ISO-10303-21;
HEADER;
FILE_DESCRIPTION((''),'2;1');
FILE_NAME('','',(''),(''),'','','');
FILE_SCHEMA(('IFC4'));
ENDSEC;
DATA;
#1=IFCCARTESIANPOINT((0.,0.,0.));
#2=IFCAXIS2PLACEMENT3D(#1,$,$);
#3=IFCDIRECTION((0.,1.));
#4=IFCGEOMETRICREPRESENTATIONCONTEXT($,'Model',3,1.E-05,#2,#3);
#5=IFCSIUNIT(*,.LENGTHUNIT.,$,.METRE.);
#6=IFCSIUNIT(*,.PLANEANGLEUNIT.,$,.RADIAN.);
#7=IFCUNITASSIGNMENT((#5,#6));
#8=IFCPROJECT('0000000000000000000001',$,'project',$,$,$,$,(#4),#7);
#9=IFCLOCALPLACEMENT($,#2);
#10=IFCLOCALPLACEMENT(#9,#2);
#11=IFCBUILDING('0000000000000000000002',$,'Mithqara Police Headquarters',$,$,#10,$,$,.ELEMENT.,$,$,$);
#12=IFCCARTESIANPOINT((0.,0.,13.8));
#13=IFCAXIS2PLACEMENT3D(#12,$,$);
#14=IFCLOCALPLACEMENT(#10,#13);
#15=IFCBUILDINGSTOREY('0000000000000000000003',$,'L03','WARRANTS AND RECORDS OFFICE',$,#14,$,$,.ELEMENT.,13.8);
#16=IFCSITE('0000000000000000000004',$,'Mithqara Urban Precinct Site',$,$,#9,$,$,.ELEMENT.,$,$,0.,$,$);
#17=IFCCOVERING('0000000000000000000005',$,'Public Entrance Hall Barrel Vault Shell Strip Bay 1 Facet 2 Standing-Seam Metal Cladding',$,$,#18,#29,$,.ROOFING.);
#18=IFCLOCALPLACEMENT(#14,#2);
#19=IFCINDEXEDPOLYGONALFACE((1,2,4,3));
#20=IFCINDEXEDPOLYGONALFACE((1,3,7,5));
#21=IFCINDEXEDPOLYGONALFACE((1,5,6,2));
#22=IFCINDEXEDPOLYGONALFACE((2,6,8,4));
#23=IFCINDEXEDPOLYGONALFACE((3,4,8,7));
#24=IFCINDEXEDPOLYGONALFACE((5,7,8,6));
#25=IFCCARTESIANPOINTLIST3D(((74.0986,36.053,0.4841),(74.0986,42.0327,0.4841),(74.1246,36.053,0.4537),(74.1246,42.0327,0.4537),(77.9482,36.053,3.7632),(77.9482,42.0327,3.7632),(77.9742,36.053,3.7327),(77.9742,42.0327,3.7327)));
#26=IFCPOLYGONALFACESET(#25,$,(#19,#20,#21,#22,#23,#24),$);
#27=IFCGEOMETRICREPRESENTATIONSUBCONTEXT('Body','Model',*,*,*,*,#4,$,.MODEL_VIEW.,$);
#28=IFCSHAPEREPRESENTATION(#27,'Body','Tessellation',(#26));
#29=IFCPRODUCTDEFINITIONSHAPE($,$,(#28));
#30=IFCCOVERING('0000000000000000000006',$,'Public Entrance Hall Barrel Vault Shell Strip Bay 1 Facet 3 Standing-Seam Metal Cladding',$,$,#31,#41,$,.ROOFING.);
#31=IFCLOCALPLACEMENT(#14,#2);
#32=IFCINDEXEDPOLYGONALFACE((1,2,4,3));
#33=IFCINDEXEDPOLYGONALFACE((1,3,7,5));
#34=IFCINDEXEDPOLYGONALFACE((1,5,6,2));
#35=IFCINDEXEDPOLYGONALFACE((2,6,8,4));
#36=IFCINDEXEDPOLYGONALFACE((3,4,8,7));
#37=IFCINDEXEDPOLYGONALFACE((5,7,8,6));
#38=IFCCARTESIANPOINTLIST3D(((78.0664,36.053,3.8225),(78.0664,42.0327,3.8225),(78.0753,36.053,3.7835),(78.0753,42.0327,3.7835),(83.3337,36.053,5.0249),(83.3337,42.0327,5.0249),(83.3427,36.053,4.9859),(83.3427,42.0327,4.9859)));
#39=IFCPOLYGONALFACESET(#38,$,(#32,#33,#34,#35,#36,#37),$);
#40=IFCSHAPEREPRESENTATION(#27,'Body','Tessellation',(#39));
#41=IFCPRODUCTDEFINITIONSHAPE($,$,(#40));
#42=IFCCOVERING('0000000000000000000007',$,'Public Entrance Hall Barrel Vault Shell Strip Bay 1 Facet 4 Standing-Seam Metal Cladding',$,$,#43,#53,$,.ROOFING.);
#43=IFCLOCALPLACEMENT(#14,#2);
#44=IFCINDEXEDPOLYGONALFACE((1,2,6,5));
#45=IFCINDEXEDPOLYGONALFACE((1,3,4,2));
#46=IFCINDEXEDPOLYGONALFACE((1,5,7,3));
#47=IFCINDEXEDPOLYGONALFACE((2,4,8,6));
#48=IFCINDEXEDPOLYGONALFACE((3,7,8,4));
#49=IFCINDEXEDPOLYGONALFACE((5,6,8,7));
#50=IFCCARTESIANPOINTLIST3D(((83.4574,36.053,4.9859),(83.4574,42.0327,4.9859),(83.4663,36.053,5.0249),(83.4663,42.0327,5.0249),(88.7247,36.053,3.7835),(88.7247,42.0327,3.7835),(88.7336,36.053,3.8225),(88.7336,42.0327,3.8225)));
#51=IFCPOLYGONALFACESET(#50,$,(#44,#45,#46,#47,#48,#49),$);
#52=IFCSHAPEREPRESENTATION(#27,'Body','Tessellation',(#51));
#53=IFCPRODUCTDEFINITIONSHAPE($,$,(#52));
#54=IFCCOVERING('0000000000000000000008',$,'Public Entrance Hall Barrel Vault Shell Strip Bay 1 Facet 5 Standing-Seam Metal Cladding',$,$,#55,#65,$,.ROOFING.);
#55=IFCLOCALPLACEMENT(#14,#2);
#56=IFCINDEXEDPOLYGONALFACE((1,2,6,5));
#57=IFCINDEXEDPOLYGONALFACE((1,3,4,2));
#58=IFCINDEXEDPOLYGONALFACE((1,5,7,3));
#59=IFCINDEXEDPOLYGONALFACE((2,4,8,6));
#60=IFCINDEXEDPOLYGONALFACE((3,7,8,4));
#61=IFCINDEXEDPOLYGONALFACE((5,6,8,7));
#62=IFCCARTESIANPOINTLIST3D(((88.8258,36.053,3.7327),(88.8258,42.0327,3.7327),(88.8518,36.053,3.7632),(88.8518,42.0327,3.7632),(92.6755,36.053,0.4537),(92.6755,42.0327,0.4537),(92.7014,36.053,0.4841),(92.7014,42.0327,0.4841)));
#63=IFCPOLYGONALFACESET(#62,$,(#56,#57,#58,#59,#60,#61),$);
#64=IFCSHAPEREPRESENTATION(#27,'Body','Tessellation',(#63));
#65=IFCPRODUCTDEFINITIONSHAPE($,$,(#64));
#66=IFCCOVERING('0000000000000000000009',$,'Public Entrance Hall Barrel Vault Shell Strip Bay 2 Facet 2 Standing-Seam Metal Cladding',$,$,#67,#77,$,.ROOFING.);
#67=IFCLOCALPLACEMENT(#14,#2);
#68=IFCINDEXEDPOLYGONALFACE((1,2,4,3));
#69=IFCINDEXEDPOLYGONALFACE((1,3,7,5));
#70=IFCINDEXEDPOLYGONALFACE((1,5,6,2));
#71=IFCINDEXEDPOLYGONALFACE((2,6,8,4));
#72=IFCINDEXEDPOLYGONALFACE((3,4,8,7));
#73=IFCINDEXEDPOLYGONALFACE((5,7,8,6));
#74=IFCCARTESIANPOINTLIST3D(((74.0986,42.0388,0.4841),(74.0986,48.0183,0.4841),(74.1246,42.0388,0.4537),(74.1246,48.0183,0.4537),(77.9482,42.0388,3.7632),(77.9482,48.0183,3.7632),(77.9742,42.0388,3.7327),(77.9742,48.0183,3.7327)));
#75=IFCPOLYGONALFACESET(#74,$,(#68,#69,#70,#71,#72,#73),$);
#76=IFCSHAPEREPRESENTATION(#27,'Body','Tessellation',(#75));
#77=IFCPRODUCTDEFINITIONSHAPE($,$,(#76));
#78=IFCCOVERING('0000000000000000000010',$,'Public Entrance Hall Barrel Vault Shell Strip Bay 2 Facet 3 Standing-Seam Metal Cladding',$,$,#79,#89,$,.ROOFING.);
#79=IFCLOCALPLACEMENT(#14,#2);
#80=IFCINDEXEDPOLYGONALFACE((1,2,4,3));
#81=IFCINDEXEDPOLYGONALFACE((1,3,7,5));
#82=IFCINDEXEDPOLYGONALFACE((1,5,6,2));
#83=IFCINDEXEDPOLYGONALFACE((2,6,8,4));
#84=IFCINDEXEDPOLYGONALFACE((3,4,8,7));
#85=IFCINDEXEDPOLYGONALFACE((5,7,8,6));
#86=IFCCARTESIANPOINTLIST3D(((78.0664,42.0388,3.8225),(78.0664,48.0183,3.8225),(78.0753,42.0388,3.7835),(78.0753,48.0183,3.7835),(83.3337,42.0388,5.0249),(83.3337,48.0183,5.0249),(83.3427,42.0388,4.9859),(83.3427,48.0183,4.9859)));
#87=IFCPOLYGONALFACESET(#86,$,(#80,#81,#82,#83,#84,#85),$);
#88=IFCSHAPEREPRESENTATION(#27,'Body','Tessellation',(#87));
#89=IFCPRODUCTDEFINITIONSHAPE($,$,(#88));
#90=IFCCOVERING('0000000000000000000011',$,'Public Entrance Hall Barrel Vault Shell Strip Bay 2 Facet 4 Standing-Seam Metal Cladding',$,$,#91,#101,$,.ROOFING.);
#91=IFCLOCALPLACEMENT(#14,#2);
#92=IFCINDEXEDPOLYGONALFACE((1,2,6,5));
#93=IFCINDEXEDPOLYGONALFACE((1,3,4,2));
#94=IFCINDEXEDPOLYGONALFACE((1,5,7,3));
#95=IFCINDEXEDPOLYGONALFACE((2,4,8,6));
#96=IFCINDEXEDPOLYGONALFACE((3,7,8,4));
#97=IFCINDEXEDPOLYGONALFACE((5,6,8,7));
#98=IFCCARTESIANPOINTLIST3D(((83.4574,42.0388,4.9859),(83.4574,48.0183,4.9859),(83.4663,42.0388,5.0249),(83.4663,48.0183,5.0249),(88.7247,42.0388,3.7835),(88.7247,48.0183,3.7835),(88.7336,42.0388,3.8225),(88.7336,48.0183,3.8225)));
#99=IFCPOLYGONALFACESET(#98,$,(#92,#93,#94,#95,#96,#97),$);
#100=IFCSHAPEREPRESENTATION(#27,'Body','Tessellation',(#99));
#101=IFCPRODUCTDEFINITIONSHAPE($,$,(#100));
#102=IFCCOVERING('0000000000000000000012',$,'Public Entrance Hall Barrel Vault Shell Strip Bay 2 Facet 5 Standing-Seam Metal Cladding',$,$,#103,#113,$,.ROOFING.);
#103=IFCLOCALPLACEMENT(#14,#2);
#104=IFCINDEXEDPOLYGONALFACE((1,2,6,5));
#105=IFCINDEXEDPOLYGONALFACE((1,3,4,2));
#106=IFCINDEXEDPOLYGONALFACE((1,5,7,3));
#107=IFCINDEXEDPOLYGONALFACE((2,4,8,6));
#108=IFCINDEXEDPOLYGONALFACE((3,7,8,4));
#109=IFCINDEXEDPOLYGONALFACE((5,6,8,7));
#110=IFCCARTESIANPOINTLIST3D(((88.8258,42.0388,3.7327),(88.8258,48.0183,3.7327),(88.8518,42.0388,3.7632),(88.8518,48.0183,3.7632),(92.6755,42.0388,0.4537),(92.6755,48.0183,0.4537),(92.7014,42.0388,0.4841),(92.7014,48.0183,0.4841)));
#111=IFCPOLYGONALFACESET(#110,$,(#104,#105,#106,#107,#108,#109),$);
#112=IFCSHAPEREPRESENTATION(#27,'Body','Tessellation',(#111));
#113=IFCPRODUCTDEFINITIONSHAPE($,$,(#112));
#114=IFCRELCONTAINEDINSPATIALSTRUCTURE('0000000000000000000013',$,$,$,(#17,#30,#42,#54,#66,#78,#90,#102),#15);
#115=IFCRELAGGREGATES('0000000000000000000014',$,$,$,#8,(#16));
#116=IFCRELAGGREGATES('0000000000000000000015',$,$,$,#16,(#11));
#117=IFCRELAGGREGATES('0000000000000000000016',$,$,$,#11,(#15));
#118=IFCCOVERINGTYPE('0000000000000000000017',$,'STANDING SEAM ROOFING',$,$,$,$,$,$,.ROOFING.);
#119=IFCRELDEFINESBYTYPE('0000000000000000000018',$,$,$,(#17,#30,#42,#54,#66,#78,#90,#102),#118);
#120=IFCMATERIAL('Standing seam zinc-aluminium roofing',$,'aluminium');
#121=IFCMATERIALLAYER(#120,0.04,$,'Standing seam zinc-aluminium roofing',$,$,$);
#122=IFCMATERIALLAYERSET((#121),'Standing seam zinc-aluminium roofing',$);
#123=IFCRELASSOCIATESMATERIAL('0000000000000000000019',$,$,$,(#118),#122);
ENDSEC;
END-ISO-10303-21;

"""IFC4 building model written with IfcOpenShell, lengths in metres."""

from ifc_helpers import new_model, si_unit, direction, frame, origin, place, context, subcontext, project, spatial, polyline, outline, extrude, material, layer, layer_set, type_object, element, save


model = new_model("IFC4")

# Units and contexts
model_context = context("Model", 3, precision=1e-05, world=origin(), true_north=direction((0.0, 1.0)))
body_context = subcontext(model_context, "Body", "Model", "MODEL_VIEW")
ifc_project = project(units=[si_unit("LENGTHUNIT", "METRE"), si_unit("PLANEANGLEUNIT", "RADIAN")], contexts=[model_context])

# Site, building, storey
site_placement = place(None, origin())
site = spatial("IfcSite", under=ifc_project, at=site_placement, Name="Mithqara Urban Precinct Site", CompositionType="ELEMENT", RefElevation=0.0)
building_placement = place(site_placement, origin())
building = spatial("IfcBuilding", under=site, at=building_placement, Name="Mithqara Police Headquarters", CompositionType="ELEMENT")
storey_placement = place(building_placement, frame((0.0, 0.0, 13.8)))
storey = spatial("IfcBuildingStorey", under=building, at=storey_placement, Name="L03", Description="WARRANTS AND RECORDS OFFICE", CompositionType="ELEMENT", Elevation=13.8)

# Coverings
ifc_material_1 = material(Name="Standing seam zinc-aluminium roofing", Category="aluminium")
ifc_layer_1 = layer(ifc_material_1, 0.04, Name="Standing seam zinc-aluminium roofing")
ifc_layer_set_1 = layer_set([ifc_layer_1], Name="Standing seam zinc-aluminium roofing")
covering_type_1 = type_object("IfcCoveringType", Name="STANDING SEAM ROOFING", PredefinedType="ROOFING", material=ifc_layer_set_1)
covering_1_placement = place(storey_placement, frame((74.0986, 36.053, 0.4841), z_axis=(-0.648438, 0.0, 0.761267), x_axis=(0.761267, 0.0, 0.648438)))
element("IfcCovering", 1, at=covering_1_placement, inside=storey, type_object=covering_type_1, Name="Public Entrance Hall Barrel Vault Shell Strip Bay 1 Facet 2 Standing-Seam Metal Cladding", PredefinedType="ROOFING", context=body_context, shape_type="SweptSolid", body=[
    extrude(outline(polyline([(0.0, 0.0), (5.0568, 0.0), (5.0568, 5.9797), (0.0, 5.9797), (0.0, 0.0)])), origin(), (0.0, 0.0, -1.0), 0.04),
])
for number, where, z_axis, x_axis, name in (
    (2, (78.0664, 36.053, 3.8225), (-0.222549, 0.0, 0.974922), (0.974922, 0.0, 0.222549), "Public Entrance Hall Barrel Vault Shell Strip Bay 1 Facet 3 Standing-Seam Metal Cladding"),
    (3, (83.4663, 36.053, 5.0249), (0.222549, 0.0, 0.974922), (0.974922, 0.0, -0.222549), "Public Entrance Hall Barrel Vault Shell Strip Bay 1 Facet 4 Standing-Seam Metal Cladding"),
):
    element("IfcCovering", number, at=place(storey_placement, frame(where, z_axis=z_axis, x_axis=x_axis)), inside=storey, type_object=covering_type_1, Name=name, PredefinedType="ROOFING", context=body_context, shape_type="SweptSolid", body=[
        extrude(outline(polyline([(0.0, 0.0), (5.4028, 0.0), (5.4028, 5.9797), (0.0, 5.9797), (0.0, 0.0)])), origin(), (0.0, 0.0, -1.0), 0.04),
    ])
covering_2_placement = place(storey_placement, frame((88.8518, 36.053, 3.7632), z_axis=(0.648438, 0.0, 0.761267), x_axis=(0.761267, 0.0, -0.648438)))
element("IfcCovering", 4, at=covering_2_placement, inside=storey, type_object=covering_type_1, Name="Public Entrance Hall Barrel Vault Shell Strip Bay 1 Facet 5 Standing-Seam Metal Cladding", PredefinedType="ROOFING", context=body_context, shape_type="SweptSolid", body=[
    extrude(outline(polyline([(0.0, 0.0), (5.0568, 0.0), (5.0568, 5.9797), (0.0, 5.9797), (0.0, 0.0)])), origin(), (0.0, 0.0, -1.0), 0.04),
])
covering_3_placement = place(storey_placement, frame((74.0986, 42.0388, 0.4841), z_axis=(-0.648438, 0.0, 0.761267), x_axis=(0.761267, 0.0, 0.648438)))
element("IfcCovering", 5, at=covering_3_placement, inside=storey, type_object=covering_type_1, Name="Public Entrance Hall Barrel Vault Shell Strip Bay 2 Facet 2 Standing-Seam Metal Cladding", PredefinedType="ROOFING", context=body_context, shape_type="SweptSolid", body=[
    extrude(outline(polyline([(0.0, 0.0), (5.0568, 0.0), (5.0568, 5.9795), (0.0, 5.9795), (0.0, 0.0)])), origin(), (0.0, 0.0, -1.0), 0.04),
])
for number, where, z_axis, x_axis, name in (
    (6, (78.0664, 42.0388, 3.8225), (-0.222549, 0.0, 0.974922), (0.974922, 0.0, 0.222549), "Public Entrance Hall Barrel Vault Shell Strip Bay 2 Facet 3 Standing-Seam Metal Cladding"),
    (7, (83.4663, 42.0388, 5.0249), (0.222549, 0.0, 0.974922), (0.974922, 0.0, -0.222549), "Public Entrance Hall Barrel Vault Shell Strip Bay 2 Facet 4 Standing-Seam Metal Cladding"),
):
    element("IfcCovering", number, at=place(storey_placement, frame(where, z_axis=z_axis, x_axis=x_axis)), inside=storey, type_object=covering_type_1, Name=name, PredefinedType="ROOFING", context=body_context, shape_type="SweptSolid", body=[
        extrude(outline(polyline([(0.0, 0.0), (5.4028, 0.0), (5.4028, 5.9795), (0.0, 5.9795), (0.0, 0.0)])), origin(), (0.0, 0.0, -1.0), 0.04),
    ])
covering_4_placement = place(storey_placement, frame((88.8518, 42.0388, 3.7632), z_axis=(0.648438, 0.0, 0.761267), x_axis=(0.761267, 0.0, -0.648438)))
element("IfcCovering", 8, at=covering_4_placement, inside=storey, type_object=covering_type_1, Name="Public Entrance Hall Barrel Vault Shell Strip Bay 2 Facet 5 Standing-Seam Metal Cladding", PredefinedType="ROOFING", context=body_context, shape_type="SweptSolid", body=[
    extrude(outline(polyline([(0.0, 0.0), (5.0568, 0.0), (5.0568, 5.9795), (0.0, 5.9795), (0.0, 0.0)])), origin(), (0.0, 0.0, -1.0), 0.04),
])

save(model, "model.ifc")
